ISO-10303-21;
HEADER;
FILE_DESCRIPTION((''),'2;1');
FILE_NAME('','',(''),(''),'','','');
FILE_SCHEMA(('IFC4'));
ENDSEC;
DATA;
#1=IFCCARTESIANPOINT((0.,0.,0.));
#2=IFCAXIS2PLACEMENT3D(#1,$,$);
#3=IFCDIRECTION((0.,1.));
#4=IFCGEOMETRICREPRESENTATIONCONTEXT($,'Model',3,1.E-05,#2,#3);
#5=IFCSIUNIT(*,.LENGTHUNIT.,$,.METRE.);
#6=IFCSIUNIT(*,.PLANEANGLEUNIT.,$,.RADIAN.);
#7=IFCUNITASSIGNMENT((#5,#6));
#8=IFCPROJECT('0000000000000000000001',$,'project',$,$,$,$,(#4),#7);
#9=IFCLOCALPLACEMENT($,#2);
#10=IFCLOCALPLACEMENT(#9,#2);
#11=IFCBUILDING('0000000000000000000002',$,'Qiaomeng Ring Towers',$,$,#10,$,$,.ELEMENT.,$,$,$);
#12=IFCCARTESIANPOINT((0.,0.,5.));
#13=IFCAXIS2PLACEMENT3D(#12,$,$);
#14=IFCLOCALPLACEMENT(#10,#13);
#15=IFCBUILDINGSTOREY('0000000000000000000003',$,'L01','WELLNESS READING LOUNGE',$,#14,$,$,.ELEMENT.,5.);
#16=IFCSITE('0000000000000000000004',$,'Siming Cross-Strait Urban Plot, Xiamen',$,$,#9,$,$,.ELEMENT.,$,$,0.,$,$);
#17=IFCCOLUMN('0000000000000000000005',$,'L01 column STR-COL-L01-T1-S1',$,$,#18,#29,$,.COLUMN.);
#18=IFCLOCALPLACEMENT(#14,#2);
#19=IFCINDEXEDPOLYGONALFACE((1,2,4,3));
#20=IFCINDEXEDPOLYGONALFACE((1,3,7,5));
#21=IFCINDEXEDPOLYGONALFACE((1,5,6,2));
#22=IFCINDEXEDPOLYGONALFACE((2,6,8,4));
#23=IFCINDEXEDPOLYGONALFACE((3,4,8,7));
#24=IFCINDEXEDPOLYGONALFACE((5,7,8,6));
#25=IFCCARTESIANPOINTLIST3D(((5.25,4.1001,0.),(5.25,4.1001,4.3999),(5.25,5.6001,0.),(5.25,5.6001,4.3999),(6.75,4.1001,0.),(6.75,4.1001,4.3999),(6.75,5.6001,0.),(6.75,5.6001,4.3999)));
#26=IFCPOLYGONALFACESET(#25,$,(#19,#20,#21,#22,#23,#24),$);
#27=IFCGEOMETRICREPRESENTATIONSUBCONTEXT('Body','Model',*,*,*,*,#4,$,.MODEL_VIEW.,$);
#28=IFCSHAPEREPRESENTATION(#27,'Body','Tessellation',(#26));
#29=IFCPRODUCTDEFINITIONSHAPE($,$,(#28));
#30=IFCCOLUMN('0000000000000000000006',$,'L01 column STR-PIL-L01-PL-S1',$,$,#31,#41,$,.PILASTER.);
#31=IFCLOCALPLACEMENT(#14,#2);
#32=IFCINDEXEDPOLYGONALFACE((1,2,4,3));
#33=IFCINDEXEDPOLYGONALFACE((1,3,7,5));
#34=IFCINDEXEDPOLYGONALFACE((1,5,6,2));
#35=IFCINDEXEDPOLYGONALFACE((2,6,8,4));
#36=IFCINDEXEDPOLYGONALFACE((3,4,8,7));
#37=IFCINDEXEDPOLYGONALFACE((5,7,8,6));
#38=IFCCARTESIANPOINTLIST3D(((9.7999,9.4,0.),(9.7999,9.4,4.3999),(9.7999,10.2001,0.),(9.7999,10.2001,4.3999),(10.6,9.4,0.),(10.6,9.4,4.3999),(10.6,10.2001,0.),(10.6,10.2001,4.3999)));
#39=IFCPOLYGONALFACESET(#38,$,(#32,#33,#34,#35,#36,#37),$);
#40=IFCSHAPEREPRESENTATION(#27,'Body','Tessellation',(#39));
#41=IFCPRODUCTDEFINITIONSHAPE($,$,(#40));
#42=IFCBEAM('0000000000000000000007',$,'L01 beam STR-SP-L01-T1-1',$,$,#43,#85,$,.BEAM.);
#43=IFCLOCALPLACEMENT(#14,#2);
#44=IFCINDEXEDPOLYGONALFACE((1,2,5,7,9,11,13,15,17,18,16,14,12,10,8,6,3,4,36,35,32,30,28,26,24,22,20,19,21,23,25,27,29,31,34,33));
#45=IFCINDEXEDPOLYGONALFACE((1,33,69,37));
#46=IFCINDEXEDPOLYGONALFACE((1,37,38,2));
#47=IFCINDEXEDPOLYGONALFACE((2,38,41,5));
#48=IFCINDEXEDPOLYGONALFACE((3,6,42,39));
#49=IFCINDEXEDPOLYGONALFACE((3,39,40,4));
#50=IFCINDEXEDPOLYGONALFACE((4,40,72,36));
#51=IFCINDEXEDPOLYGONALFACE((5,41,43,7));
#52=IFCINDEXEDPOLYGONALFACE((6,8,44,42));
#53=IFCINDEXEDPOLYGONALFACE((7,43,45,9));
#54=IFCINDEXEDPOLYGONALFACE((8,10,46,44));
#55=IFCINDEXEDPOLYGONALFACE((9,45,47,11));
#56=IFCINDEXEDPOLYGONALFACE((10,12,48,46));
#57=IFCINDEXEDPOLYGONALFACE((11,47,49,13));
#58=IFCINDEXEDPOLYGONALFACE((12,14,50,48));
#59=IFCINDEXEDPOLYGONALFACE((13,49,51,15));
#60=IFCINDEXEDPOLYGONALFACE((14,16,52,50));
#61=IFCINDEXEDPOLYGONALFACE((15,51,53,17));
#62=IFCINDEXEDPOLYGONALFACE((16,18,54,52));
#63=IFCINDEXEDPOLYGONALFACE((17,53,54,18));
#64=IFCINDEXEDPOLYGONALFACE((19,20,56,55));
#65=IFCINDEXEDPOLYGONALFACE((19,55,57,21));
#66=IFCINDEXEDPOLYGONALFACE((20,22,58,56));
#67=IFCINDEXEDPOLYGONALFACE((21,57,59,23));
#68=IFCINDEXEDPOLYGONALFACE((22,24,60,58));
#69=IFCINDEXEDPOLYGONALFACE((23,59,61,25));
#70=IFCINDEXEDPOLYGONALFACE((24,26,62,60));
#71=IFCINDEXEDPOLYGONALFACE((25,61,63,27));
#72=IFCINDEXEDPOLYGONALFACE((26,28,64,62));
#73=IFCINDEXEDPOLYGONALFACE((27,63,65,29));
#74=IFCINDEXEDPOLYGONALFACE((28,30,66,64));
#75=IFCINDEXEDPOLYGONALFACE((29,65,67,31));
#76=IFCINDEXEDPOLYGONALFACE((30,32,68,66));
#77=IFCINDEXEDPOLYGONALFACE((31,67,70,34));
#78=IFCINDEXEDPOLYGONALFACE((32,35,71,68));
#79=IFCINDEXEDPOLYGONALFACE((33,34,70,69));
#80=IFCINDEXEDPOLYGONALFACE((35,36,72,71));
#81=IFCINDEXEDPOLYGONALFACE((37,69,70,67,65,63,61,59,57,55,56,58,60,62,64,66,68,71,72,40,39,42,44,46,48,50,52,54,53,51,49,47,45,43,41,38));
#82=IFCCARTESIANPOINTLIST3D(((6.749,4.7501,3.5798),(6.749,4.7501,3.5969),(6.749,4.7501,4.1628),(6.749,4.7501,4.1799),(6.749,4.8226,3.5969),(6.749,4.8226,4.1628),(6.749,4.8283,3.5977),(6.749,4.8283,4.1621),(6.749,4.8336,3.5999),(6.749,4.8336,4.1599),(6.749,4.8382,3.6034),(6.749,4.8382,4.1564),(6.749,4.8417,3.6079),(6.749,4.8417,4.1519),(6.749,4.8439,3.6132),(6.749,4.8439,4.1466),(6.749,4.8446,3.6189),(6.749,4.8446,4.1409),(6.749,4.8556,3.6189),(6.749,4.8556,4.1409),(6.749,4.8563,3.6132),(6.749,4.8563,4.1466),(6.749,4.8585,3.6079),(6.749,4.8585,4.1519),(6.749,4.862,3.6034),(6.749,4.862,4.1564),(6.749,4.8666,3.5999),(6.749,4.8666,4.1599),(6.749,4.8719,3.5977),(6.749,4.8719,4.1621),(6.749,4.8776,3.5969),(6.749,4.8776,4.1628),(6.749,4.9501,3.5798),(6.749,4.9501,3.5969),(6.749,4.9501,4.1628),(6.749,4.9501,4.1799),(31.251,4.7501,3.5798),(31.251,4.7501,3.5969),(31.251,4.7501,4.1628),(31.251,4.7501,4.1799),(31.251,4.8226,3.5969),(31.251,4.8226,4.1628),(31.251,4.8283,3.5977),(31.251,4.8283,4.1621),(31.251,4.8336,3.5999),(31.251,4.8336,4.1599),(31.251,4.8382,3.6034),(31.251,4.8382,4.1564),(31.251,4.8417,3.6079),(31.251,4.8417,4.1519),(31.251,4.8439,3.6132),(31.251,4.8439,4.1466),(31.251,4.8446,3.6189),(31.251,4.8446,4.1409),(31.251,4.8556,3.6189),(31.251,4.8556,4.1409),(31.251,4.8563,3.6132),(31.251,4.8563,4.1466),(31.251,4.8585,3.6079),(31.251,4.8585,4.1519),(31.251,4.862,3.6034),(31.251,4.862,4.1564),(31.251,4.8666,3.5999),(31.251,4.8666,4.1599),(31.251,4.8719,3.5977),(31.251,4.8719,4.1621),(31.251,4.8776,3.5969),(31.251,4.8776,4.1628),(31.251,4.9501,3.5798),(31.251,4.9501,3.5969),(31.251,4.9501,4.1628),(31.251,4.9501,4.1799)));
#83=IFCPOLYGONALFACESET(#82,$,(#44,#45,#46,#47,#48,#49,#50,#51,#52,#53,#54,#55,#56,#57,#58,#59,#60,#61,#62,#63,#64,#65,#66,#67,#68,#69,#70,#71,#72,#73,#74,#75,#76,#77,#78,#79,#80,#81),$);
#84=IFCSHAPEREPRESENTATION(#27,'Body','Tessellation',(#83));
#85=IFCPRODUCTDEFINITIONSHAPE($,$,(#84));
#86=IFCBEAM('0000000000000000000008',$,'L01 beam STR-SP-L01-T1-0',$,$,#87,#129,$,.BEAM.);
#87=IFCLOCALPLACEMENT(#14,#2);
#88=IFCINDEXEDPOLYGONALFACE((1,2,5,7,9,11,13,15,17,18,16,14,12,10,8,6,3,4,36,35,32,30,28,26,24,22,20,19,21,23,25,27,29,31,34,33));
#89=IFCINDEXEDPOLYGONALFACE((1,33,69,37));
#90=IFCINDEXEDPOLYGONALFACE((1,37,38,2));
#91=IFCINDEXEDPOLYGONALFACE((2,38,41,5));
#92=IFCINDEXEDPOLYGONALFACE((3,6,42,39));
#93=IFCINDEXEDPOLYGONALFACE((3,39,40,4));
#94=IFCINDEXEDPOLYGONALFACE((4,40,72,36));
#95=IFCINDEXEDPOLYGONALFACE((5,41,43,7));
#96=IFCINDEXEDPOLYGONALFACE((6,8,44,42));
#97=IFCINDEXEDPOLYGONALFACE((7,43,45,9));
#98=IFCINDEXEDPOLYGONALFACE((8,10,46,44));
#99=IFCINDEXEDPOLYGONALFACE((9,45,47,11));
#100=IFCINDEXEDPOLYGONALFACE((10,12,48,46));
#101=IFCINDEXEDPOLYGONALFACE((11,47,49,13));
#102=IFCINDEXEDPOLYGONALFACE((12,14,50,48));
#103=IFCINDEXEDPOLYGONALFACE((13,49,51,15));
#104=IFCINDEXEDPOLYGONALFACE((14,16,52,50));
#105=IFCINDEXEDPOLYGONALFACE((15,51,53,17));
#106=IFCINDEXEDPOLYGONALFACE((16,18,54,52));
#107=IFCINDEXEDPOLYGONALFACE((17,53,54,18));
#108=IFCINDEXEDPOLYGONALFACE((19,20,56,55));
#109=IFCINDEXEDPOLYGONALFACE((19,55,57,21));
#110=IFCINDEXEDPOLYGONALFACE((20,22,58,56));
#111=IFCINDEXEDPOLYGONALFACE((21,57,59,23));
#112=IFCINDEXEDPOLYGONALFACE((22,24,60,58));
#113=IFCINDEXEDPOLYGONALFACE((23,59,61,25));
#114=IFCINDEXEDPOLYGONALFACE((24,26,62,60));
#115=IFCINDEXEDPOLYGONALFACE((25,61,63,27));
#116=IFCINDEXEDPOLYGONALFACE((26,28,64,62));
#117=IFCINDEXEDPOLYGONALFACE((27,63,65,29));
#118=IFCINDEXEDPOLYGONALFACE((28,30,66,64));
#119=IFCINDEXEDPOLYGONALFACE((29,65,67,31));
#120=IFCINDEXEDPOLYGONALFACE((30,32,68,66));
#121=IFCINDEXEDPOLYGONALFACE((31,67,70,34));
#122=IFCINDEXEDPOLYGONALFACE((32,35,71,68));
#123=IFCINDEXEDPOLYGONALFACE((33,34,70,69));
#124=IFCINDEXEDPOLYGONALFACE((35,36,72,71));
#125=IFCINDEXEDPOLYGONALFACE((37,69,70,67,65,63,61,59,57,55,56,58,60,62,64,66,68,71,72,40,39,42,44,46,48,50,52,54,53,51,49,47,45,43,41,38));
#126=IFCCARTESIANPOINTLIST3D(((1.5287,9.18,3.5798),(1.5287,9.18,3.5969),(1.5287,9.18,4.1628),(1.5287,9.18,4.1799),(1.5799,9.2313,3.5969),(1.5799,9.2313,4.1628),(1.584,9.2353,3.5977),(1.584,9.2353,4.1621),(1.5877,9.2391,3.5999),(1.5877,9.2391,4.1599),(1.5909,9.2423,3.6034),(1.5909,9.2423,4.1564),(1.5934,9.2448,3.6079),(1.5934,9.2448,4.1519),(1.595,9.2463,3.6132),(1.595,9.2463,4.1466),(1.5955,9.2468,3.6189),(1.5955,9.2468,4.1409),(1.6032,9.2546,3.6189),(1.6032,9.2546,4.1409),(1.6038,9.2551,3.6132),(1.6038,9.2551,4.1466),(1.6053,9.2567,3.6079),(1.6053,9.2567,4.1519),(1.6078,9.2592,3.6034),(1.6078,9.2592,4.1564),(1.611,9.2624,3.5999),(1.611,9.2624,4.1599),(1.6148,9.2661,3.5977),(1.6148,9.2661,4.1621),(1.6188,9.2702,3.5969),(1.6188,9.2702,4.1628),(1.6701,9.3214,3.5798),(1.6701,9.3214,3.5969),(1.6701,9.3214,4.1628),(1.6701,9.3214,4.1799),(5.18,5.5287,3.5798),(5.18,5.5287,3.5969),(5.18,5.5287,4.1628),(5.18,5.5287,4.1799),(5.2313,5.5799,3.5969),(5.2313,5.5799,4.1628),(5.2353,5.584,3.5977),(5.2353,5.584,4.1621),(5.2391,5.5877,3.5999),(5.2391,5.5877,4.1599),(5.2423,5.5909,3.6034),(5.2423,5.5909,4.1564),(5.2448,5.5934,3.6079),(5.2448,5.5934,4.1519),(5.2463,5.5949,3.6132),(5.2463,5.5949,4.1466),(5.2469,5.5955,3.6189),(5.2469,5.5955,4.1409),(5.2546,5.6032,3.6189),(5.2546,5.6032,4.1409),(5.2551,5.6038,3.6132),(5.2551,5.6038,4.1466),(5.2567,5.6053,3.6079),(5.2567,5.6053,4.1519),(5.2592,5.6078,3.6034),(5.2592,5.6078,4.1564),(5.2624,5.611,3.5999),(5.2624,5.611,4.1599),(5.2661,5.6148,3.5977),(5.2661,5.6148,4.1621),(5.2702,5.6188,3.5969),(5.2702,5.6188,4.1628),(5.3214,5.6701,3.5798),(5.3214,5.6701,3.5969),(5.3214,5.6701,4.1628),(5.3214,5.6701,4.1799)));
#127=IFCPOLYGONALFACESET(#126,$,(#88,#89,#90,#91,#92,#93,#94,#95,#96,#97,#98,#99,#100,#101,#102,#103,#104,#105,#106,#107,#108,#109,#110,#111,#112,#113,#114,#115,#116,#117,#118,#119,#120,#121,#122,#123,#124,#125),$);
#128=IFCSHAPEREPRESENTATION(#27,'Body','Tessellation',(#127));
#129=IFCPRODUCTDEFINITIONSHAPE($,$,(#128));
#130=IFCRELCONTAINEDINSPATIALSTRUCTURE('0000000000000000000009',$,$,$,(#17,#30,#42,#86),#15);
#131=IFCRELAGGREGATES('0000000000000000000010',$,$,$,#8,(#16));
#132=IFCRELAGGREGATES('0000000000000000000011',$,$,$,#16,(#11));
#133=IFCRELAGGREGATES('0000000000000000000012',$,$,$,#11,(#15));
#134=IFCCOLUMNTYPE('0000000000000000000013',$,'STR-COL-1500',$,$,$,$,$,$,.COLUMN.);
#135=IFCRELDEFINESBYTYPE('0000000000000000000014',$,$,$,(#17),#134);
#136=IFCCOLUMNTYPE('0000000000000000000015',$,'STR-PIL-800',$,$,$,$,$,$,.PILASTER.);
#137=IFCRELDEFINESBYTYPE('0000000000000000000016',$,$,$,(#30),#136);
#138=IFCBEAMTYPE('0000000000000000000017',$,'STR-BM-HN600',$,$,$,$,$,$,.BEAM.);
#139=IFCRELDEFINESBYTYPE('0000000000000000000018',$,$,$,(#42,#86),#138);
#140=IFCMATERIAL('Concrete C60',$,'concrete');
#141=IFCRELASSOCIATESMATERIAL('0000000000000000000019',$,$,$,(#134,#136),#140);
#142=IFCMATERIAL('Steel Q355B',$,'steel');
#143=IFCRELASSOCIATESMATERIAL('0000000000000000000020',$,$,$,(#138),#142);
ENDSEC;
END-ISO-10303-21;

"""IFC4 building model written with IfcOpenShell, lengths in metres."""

from ifc_helpers import new_model, si_unit, direction, frame, origin, origin_2d, place, context, subcontext, project, spatial, rectangle, i_section, extrude, source, transform, mapped, material, material_profile, profile_set, type_object, element, save


model = new_model("IFC4")

# Units and contexts
model_context = context("Model", 3, precision=1e-05, world=origin(), true_north=direction((0.0, 1.0)))
body_context = subcontext(model_context, "Body", "Model", "MODEL_VIEW")
ifc_project = project(units=[si_unit("LENGTHUNIT", "METRE"), si_unit("PLANEANGLEUNIT", "RADIAN")], contexts=[model_context])

# Site, building, storey
site_placement = place(None, origin())
site = spatial("IfcSite", under=ifc_project, at=site_placement, Name="Siming Cross-Strait Urban Plot, Xiamen", CompositionType="ELEMENT", RefElevation=0.0)
building_placement = place(site_placement, origin())
building = spatial("IfcBuilding", under=site, at=building_placement, Name="Qiaomeng Ring Towers", CompositionType="ELEMENT")
storey_placement = place(building_placement, frame((0.0, 0.0, 5.0)))
storey = spatial("IfcBuildingStorey", under=building, at=storey_placement, Name="L01", Description="WELLNESS READING LOUNGE", CompositionType="ELEMENT", Elevation=5.0)

# Columns
ifc_material_1 = material(Name="Concrete C60", Category="concrete")
ifc_material_profile_1 = material_profile(ifc_material_1, rectangle(XDim=1.5, YDim=1.5, at=origin_2d()), Name="RC COL 1500x1500")
ifc_profile_set_1 = profile_set([ifc_material_profile_1], Name="Concrete C60")
column_type_1 = type_object("IfcColumnType", Name="STR-COL-1500", PredefinedType="COLUMN", material=ifc_profile_set_1)
shared_shape_1 = source(origin(), body_context, "Body", "SweptSolid", [
    extrude(rectangle(XDim=1.5, YDim=1.5, at=origin_2d()), origin(), (0.0, 0.0, 1.0), 4.3999),
])
column_1_placement = place(storey_placement, frame((6.0, 4.8501, 0.0), z_axis=(0.0, 0.0, 1.0), x_axis=(1.0, 0.0, 0.0)))
element("IfcColumn", 1, at=column_1_placement, inside=storey, type_object=column_type_1, Name="L01 column STR-COL-L01-T1-S1", PredefinedType="COLUMN", context=body_context, shape_type="MappedRepresentation", body=[
    mapped(shared_shape_1, transform((0.0, 0.0, 0.0), x_axis=(1.0, 0.0, 0.0), y_axis=(0.0, 1.0, 0.0), z_axis=(0.0, 0.0, 1.0), scale=1.0)),
])
ifc_material_profile_2 = material_profile(ifc_material_1, rectangle(XDim=0.8, YDim=0.8, at=origin_2d()), Name="RC COL 800x800")
ifc_profile_set_2 = profile_set([ifc_material_profile_2], Name="Concrete C60")
column_type_2 = type_object("IfcColumnType", Name="STR-PIL-800", PredefinedType="PILASTER", material=ifc_profile_set_2)
shared_shape_2 = source(origin(), body_context, "Body", "SweptSolid", [
    extrude(rectangle(XDim=0.8, YDim=0.8, at=origin_2d()), origin(), (0.0, 0.0, 1.0), 4.3999),
])
column_2_placement = place(storey_placement, frame((10.2, 9.8, 0.0), z_axis=(0.0, 0.0, 1.0), x_axis=(1.0, 0.0, 0.0)))
element("IfcColumn", 2, at=column_2_placement, inside=storey, type_object=column_type_2, Name="L01 column STR-PIL-L01-PL-S1", PredefinedType="PILASTER", context=body_context, shape_type="MappedRepresentation", body=[
    mapped(shared_shape_2, transform((0.0, 0.0, 0.0), x_axis=(1.0, 0.0, 0.0), y_axis=(0.0, 1.0, 0.0), z_axis=(0.0, 0.0, 1.0), scale=1.0)),
])

# Beams
ifc_material_2 = material(Name="Steel Q355B", Category="steel")
ifc_material_profile_3 = material_profile(ifc_material_2, i_section(OverallWidth=0.2, OverallDepth=0.6001, WebThickness=0.011, FlangeThickness=0.0171, FilletRadius=0.022, at=origin_2d()), Name="HN 600x200x11x17")
ifc_profile_set_3 = profile_set([ifc_material_profile_3], Name="Steel Q355B")
beam_type = type_object("IfcBeamType", Name="STR-BM-HN600", PredefinedType="BEAM", material=ifc_profile_set_3)
shared_shape_3 = source(origin(), body_context, "Body", "SweptSolid", [
    extrude(i_section(OverallWidth=0.2, OverallDepth=0.6001, WebThickness=0.011, FlangeThickness=0.0171, FilletRadius=0.022, at=origin_2d()), origin(), (0.0, 0.0, 1.0), 24.502),
])
beam_1_placement = place(storey_placement, frame((6.749, 4.8501, 3.8799), z_axis=(1.0, 0.0, 0.0), x_axis=(0.0, 1.0, 0.0)))
element("IfcBeam", 3, at=beam_1_placement, inside=storey, type_object=beam_type, Name="L01 beam STR-SP-L01-T1-1", PredefinedType="BEAM", context=body_context, shape_type="MappedRepresentation", body=[
    mapped(shared_shape_3, transform((0.0, 0.0, 0.0), x_axis=(1.0, 0.0, 0.0), y_axis=(0.0, 1.0, 0.0), z_axis=(0.0, 0.0, 1.0), scale=1.0)),
])
shared_shape_4 = source(origin(), body_context, "Body", "SweptSolid", [
    extrude(i_section(OverallWidth=0.2, OverallDepth=0.6001, WebThickness=0.011, FlangeThickness=0.0171, FilletRadius=0.022, at=origin_2d()), origin(), (0.0, 0.0, 1.0), 5.1638),
])
beam_2_placement = place(storey_placement, frame((1.5994, 9.2507, 3.8799), z_axis=(0.707107, -0.707107, 0.0), x_axis=(0.707107, 0.707107, 0.0)))
element("IfcBeam", 4, at=beam_2_placement, inside=storey, type_object=beam_type, Name="L01 beam STR-SP-L01-T1-0", PredefinedType="BEAM", context=body_context, shape_type="MappedRepresentation", body=[
    mapped(shared_shape_4, transform((0.0, 0.0, 0.0), x_axis=(1.0, 0.0, 0.0), y_axis=(0.0, 1.0, 0.0), z_axis=(0.0, 0.0, 1.0), scale=1.0)),
])

save(model, "model.ifc")
